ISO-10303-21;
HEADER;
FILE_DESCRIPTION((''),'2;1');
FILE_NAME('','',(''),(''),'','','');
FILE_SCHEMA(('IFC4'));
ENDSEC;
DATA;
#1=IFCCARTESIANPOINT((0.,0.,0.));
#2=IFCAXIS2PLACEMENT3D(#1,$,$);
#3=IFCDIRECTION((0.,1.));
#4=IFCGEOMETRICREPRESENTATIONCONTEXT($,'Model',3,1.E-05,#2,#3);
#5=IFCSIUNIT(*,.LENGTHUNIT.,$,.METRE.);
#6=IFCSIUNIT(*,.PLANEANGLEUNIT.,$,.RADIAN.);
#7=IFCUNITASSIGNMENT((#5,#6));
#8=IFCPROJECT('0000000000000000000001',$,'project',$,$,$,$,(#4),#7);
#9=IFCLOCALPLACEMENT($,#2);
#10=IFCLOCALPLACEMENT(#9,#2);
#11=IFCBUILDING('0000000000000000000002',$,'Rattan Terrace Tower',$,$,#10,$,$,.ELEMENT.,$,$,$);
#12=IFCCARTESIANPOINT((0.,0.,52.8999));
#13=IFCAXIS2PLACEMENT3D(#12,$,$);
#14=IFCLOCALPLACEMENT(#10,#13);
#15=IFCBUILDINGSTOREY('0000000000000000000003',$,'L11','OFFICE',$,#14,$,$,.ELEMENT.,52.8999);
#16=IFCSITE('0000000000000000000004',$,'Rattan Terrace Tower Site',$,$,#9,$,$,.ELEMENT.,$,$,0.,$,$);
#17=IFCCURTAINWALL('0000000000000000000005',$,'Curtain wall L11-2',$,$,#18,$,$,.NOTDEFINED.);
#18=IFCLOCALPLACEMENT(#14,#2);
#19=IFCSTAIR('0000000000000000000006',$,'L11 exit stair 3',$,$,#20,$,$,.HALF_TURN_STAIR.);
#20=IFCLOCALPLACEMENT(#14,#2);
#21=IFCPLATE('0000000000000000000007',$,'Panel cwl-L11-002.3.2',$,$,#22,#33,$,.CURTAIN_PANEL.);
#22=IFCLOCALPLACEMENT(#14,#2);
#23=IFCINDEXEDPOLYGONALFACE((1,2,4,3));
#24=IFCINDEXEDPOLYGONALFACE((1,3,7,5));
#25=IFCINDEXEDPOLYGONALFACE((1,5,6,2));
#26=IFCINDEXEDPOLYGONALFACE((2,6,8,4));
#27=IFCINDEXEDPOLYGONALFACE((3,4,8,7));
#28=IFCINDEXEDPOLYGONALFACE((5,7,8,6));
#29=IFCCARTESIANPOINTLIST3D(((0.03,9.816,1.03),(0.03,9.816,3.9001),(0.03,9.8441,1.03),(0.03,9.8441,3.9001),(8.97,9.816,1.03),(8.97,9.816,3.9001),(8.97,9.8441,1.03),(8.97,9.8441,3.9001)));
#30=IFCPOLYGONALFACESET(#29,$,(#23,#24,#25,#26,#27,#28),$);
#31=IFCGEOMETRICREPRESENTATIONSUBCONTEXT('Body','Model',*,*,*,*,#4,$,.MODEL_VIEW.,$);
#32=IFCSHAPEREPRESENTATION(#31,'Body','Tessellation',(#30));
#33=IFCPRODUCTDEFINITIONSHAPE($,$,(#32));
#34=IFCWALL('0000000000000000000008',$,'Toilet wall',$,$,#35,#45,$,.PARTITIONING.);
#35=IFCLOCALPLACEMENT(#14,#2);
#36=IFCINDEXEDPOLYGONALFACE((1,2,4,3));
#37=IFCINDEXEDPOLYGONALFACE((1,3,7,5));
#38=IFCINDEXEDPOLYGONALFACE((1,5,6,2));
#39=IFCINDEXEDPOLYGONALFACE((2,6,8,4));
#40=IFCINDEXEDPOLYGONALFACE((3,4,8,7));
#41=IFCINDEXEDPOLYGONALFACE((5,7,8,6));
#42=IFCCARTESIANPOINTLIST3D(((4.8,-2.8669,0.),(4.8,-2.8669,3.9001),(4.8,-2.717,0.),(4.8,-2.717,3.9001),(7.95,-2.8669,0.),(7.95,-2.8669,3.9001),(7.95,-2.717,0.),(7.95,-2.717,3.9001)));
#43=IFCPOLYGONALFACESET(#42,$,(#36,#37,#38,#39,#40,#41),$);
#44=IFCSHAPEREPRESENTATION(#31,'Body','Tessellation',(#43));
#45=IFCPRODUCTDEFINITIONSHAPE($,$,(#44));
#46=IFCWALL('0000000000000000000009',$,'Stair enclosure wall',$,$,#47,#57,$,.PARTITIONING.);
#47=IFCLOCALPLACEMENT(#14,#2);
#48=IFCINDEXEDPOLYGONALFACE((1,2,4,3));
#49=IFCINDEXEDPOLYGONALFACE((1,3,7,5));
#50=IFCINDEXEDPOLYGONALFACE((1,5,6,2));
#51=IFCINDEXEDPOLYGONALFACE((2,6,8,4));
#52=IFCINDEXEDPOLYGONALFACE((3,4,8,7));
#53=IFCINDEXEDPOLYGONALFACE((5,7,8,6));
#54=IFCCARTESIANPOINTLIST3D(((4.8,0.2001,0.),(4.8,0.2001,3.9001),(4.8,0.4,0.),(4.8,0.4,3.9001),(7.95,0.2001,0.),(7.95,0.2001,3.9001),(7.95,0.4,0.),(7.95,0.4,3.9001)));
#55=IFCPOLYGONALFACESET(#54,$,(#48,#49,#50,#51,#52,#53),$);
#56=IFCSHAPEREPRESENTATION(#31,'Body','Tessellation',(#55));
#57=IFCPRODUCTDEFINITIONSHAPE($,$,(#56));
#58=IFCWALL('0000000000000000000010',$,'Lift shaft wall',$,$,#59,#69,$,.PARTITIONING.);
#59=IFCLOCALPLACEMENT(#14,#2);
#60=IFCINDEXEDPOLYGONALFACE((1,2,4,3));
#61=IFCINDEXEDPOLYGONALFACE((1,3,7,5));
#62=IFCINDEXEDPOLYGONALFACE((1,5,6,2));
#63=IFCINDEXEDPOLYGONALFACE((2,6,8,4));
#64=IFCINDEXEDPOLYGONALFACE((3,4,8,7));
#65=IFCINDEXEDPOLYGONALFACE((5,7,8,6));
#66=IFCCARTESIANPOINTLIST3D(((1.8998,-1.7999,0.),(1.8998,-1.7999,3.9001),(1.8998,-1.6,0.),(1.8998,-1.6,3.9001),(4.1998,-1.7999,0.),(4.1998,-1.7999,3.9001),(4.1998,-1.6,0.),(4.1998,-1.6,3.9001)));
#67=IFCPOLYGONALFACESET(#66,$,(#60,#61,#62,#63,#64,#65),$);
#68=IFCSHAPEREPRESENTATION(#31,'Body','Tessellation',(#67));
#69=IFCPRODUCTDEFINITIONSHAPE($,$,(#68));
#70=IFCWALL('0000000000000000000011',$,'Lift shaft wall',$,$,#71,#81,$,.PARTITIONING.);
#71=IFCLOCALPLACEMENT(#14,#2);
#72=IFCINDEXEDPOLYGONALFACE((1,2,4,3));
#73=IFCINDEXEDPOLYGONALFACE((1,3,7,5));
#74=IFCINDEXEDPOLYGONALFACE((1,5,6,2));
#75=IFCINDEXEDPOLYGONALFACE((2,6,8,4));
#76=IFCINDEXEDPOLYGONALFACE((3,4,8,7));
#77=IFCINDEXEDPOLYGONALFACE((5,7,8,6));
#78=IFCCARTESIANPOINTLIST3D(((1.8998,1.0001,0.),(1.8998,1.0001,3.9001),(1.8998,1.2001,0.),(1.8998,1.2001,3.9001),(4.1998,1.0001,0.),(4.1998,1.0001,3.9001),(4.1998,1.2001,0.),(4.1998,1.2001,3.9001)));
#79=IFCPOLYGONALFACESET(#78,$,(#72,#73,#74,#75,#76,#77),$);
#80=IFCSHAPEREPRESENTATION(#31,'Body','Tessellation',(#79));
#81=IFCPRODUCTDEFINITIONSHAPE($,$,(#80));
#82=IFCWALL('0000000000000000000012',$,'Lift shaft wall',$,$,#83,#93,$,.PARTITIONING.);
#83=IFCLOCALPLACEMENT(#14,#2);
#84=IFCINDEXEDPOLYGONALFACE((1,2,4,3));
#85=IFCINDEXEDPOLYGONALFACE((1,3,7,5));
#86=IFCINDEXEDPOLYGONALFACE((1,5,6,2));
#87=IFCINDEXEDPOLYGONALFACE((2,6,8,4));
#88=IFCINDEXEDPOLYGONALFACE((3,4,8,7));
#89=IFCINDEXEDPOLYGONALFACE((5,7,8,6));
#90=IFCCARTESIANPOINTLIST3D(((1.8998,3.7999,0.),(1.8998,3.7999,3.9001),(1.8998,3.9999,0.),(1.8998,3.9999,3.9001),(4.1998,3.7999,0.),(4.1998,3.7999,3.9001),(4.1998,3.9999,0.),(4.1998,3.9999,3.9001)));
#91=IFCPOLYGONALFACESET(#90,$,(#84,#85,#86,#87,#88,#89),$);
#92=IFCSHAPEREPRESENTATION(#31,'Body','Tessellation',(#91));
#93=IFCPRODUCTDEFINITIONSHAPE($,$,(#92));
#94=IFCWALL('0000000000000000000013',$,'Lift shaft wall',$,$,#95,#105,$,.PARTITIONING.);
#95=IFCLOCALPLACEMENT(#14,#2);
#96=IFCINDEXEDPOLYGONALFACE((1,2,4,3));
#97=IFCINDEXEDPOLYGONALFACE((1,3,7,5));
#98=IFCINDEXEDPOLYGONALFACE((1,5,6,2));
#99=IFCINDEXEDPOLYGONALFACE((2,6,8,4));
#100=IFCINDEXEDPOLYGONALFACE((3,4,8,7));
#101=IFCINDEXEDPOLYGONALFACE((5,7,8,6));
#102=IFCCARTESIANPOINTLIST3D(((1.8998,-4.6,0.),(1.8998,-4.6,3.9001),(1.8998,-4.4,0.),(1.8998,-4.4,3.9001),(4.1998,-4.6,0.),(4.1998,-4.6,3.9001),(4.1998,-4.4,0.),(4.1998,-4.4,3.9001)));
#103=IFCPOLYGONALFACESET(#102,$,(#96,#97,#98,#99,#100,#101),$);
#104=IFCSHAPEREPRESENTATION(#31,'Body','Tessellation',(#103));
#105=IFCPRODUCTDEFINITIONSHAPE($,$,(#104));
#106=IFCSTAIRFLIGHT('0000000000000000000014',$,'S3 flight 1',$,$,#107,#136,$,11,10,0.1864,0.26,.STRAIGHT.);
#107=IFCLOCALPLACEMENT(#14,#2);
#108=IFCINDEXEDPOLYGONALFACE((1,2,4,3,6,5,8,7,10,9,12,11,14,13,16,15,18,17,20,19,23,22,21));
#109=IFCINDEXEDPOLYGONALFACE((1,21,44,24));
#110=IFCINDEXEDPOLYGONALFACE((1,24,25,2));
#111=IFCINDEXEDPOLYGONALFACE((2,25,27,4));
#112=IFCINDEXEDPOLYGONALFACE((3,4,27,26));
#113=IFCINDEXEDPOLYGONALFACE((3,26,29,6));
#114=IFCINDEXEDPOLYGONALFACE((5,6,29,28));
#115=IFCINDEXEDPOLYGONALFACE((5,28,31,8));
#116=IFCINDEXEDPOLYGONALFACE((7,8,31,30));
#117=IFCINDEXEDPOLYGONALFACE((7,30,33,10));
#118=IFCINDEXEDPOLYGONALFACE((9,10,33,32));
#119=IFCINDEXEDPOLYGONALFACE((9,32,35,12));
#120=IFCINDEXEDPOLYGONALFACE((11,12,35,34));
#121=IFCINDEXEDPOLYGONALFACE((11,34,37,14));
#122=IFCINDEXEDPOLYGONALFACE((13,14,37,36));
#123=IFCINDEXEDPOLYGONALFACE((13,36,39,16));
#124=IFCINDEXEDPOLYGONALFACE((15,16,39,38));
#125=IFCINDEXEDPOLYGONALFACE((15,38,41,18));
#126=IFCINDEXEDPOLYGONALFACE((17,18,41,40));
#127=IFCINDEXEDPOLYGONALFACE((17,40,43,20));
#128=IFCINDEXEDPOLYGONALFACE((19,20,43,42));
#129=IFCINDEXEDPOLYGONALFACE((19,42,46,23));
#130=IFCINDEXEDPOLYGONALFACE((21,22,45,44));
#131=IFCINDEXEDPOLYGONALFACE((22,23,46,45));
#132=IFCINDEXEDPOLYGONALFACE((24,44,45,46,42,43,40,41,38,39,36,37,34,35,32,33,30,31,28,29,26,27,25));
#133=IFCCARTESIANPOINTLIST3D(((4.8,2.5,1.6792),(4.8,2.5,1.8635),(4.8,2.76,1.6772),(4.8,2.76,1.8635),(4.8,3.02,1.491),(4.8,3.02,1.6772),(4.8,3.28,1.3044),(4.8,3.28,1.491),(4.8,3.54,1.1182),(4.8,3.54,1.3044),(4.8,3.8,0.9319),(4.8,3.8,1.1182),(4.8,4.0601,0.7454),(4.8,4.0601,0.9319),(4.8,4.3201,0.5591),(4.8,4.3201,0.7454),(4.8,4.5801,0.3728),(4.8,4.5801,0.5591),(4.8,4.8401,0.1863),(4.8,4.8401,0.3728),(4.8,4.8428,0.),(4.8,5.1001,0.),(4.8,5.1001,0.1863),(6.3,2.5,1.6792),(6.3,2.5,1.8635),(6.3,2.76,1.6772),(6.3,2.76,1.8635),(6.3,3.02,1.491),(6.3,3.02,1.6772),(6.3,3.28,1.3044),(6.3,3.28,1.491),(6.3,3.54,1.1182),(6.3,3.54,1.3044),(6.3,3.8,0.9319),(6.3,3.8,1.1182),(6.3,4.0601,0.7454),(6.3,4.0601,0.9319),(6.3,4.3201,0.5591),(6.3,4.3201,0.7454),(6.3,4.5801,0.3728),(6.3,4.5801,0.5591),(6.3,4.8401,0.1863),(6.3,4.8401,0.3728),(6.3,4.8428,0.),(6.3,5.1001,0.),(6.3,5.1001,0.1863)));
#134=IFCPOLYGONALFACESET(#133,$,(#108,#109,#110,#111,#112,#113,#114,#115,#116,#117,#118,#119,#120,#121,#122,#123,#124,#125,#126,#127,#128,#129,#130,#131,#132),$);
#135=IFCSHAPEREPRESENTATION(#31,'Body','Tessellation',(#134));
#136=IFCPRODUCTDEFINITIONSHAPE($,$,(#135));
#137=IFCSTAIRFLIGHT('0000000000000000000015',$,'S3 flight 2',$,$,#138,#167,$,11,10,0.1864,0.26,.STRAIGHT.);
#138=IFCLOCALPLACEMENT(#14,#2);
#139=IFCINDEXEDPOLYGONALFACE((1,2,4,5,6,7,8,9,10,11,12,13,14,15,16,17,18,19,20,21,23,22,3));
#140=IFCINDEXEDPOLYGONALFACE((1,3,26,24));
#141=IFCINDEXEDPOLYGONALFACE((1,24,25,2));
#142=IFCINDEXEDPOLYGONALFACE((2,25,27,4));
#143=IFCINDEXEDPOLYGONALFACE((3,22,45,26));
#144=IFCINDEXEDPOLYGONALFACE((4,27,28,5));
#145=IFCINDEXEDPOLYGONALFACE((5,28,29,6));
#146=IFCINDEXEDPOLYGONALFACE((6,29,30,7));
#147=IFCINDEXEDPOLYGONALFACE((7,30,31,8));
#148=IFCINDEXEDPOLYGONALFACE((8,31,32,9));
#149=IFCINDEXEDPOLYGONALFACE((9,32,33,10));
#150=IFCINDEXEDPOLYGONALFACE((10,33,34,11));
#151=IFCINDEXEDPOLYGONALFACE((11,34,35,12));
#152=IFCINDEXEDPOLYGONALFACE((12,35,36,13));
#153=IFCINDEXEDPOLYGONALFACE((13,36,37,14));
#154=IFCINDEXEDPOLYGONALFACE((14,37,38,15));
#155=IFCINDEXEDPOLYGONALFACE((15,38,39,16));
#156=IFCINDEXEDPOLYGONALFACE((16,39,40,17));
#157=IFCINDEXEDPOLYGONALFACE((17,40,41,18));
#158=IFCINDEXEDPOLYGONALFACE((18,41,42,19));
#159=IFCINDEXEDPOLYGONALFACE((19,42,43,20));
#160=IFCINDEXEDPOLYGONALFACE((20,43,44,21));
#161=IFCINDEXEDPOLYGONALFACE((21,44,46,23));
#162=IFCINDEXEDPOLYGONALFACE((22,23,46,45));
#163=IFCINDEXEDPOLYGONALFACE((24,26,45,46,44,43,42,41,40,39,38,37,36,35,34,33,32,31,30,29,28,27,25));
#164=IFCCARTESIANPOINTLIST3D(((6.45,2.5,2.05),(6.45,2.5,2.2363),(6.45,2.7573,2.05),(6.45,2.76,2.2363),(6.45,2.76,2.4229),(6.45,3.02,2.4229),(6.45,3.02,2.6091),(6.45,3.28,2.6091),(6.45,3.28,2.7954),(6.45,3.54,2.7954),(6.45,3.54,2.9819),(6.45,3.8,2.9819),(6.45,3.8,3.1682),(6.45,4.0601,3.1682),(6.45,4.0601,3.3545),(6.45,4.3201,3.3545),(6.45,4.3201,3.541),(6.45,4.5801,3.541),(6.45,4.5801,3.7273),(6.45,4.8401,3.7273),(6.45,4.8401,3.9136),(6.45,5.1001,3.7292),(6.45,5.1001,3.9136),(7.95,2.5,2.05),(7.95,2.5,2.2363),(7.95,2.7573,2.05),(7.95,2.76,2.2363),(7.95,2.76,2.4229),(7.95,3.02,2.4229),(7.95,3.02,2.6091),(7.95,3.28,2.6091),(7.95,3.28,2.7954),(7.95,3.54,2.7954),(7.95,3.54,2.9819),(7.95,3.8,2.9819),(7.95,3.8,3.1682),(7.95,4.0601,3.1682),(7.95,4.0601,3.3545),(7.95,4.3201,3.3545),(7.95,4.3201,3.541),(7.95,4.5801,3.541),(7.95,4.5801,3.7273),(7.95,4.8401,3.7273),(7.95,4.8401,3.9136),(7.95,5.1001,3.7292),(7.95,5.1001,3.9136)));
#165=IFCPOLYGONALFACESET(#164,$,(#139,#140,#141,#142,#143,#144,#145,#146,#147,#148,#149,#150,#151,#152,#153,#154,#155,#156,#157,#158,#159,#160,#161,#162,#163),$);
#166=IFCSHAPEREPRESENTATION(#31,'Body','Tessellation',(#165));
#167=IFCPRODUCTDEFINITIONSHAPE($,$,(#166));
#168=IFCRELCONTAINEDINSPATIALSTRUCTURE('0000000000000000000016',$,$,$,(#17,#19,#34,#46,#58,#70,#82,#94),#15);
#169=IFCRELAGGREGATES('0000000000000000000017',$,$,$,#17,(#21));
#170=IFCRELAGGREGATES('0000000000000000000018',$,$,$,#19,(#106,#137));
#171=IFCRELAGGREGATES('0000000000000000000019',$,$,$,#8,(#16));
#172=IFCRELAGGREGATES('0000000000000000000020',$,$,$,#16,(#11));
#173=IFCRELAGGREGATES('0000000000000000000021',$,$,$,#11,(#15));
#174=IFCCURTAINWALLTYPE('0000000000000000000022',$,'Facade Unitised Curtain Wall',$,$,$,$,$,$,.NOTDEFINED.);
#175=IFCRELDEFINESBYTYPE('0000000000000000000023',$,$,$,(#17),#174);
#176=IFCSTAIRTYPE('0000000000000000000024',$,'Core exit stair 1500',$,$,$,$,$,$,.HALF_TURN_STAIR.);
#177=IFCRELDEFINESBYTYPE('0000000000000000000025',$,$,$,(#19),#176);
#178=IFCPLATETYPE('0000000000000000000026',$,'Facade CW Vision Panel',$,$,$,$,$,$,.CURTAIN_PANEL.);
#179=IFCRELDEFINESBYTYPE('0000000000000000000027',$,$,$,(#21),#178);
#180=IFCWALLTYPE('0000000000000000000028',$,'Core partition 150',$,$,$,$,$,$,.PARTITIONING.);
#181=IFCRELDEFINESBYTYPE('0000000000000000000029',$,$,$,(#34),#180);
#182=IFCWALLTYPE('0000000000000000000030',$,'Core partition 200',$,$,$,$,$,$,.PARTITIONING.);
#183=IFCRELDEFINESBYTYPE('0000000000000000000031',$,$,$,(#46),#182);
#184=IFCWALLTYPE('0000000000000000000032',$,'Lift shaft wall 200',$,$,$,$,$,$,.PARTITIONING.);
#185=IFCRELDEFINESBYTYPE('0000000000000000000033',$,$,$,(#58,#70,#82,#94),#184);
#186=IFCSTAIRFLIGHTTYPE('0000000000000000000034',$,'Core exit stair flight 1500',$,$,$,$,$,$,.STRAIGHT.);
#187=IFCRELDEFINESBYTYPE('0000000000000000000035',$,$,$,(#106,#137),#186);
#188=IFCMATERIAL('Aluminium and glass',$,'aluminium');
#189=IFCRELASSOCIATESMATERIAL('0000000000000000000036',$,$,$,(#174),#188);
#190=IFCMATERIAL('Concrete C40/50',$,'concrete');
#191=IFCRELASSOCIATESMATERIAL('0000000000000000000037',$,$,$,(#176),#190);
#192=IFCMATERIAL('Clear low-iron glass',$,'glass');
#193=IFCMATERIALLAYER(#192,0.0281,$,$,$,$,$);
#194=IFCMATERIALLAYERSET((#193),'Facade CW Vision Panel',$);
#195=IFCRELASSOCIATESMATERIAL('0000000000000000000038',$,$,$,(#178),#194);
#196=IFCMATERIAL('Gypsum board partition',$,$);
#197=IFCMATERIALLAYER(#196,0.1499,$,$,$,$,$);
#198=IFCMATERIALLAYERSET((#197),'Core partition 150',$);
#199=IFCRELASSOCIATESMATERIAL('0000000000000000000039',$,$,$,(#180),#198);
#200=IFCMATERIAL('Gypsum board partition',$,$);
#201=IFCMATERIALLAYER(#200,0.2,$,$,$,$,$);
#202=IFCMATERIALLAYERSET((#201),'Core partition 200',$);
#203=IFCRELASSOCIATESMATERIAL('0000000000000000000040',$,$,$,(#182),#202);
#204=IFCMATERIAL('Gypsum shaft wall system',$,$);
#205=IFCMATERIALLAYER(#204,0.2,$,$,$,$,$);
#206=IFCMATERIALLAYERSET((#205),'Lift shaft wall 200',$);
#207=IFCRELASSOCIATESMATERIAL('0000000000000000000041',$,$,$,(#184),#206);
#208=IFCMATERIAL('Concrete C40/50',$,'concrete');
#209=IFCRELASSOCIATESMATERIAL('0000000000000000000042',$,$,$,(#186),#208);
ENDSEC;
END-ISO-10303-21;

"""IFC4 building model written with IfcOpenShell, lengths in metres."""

from ifc_helpers import new_model, si_unit, direction, frame, frame_2d, origin, origin_2d, place, context, subcontext, project, spatial, polyline, rectangle, outline, extrude, material, layer, layer_set, type_object, element, aggregate, save


model = new_model("IFC4")

# Units and contexts
model_context = context("Model", 3, precision=1e-05, world=origin(), true_north=direction((0.0, 1.0)))
body_context = subcontext(model_context, "Body", "Model", "MODEL_VIEW")
ifc_project = project(units=[si_unit("LENGTHUNIT", "METRE"), si_unit("PLANEANGLEUNIT", "RADIAN")], contexts=[model_context])

# Site, building, storey
site_placement = place(None, origin())
site = spatial("IfcSite", under=ifc_project, at=site_placement, Name="Rattan Terrace Tower Site", CompositionType="ELEMENT", RefElevation=0.0)
building_placement = place(site_placement, origin())
building = spatial("IfcBuilding", under=site, at=building_placement, Name="Rattan Terrace Tower", CompositionType="ELEMENT")
storey_placement = place(building_placement, frame((0.0, 0.0, 52.8999)))
storey = spatial("IfcBuildingStorey", under=building, at=storey_placement, Name="L11", Description="OFFICE", CompositionType="ELEMENT", Elevation=52.8999)

# Curtain wall
ifc_material_1 = material(Name="Aluminium and glass", Category="aluminium")
curtain_wall_type = type_object("IfcCurtainWallType", Name="Facade Unitised Curtain Wall", PredefinedType="NOTDEFINED", material=ifc_material_1)
curtain_wall_placement = place(storey_placement, origin())
curtain_wall = element("IfcCurtainWall", 1, at=curtain_wall_placement, inside=storey, type_object=curtain_wall_type, Name="Curtain wall L11-2", PredefinedType="NOTDEFINED")

# Stair
ifc_material_2 = material(Name="Concrete C40/50", Category="concrete")
stair_type = type_object("IfcStairType", Name="Core exit stair 1500", PredefinedType="HALF_TURN_STAIR", material=ifc_material_2)
stair_1_placement = place(storey_placement, origin())
stair_1 = element("IfcStair", 2, at=stair_1_placement, inside=storey, type_object=stair_type, Name="L11 exit stair 3", PredefinedType="HALF_TURN_STAIR")

# Plate
ifc_material_3 = material(Name="Clear low-iron glass", Category="glass")
ifc_layer_1 = layer(ifc_material_3, 0.0281)
ifc_layer_set_1 = layer_set([ifc_layer_1], Name="Facade CW Vision Panel")
plate_type_1 = type_object("IfcPlateType", Name="Facade CW Vision Panel", PredefinedType="CURTAIN_PANEL", material=ifc_layer_set_1)
plate_1_placement = place(storey_placement, frame((4.5, 9.8301, 1.03), z_axis=(0.0, 0.0, 1.0), x_axis=(-1.0, 0.0, 0.0)))
plate_1 = element("IfcPlate", 3, at=plate_1_placement, type_object=plate_type_1, Name="Panel cwl-L11-002.3.2", PredefinedType="CURTAIN_PANEL", context=body_context, shape_type="SweptSolid", body=[
    extrude(rectangle(XDim=8.9399, YDim=0.0281, at=origin_2d()), origin(), (0.0, 0.0, 1.0), 2.8701),
])
aggregate(curtain_wall, [plate_1])

# Walls
ifc_material_4 = material(Name="Gypsum board partition")
ifc_layer_2 = layer(ifc_material_4, 0.1499)
ifc_layer_set_2 = layer_set([ifc_layer_2], Name="Core partition 150")
wall_type_1 = type_object("IfcWallType", Name="Core partition 150", PredefinedType="PARTITIONING", material=ifc_layer_set_2)
wall_1_placement = place(storey_placement, frame((4.8, -2.792, 0.0), z_axis=(0.0, 0.0, 1.0), x_axis=(1.0, 0.0, 0.0)))
element("IfcWall", 4, at=wall_1_placement, inside=storey, type_object=wall_type_1, Name="Toilet wall", PredefinedType="PARTITIONING", context=body_context, shape_type="SweptSolid", body=[
    extrude(rectangle(XDim=3.1499, YDim=0.1499, at=frame_2d((1.575, 0.0))), origin(), (0.0, 0.0, 1.0), 3.9001),
])
ifc_material_5 = material(Name="Gypsum board partition")
ifc_layer_3 = layer(ifc_material_5, 0.2)
ifc_layer_set_3 = layer_set([ifc_layer_3], Name="Core partition 200")
wall_type_2 = type_object("IfcWallType", Name="Core partition 200", PredefinedType="PARTITIONING", material=ifc_layer_set_3)
wall_2_placement = place(storey_placement, frame((4.8, 0.3, 0.0), z_axis=(0.0, 0.0, 1.0), x_axis=(1.0, 0.0, 0.0)))
element("IfcWall", 5, at=wall_2_placement, inside=storey, type_object=wall_type_2, Name="Stair enclosure wall", PredefinedType="PARTITIONING", context=body_context, shape_type="SweptSolid", body=[
    extrude(rectangle(XDim=3.1499, YDim=0.2, at=frame_2d((1.575, 0.0))), origin(), (0.0, 0.0, 1.0), 3.9001),
])
ifc_material_6 = material(Name="Gypsum shaft wall system")
ifc_layer_4 = layer(ifc_material_6, 0.2)
ifc_layer_set_4 = layer_set([ifc_layer_4], Name="Lift shaft wall 200")
wall_type_3 = type_object("IfcWallType", Name="Lift shaft wall 200", PredefinedType="PARTITIONING", material=ifc_layer_set_4)
for number, where, z_axis, x_axis, name in (
    (6, (1.8999, -1.7, 0.0), (0.0, 0.0, 1.0), (1.0, 0.0, 0.0), "Lift shaft wall"),
    (7, (1.8999, 1.1001, 0.0), (0.0, 0.0, 1.0), (1.0, 0.0, 0.0), "Lift shaft wall"),
    (8, (1.8999, 3.8999, 0.0), (0.0, 0.0, 1.0), (1.0, 0.0, 0.0), "Lift shaft wall"),
    (9, (1.8999, -4.5, 0.0), (0.0, 0.0, 1.0), (1.0, 0.0, 0.0), "Lift shaft wall"),
):
    element("IfcWall", number, at=place(storey_placement, frame(where, z_axis=z_axis, x_axis=x_axis)), inside=storey, type_object=wall_type_3, Name=name, PredefinedType="PARTITIONING", context=body_context, shape_type="SweptSolid", body=[
        extrude(rectangle(XDim=2.3, YDim=0.2, at=frame_2d((1.1499, 0.0))), origin(), (0.0, 0.0, 1.0), 3.9001),
    ])

# Stair flights
ifc_material_7 = material(Name="Concrete C40/50", Category="concrete")
stair_flight_type = type_object("IfcStairFlightType", Name="Core exit stair flight 1500", PredefinedType="STRAIGHT", material=ifc_material_7)
stair_flight_1_placement = place(storey_placement, frame((5.55, 5.1001, 0.0), z_axis=(0.0, 0.0, 1.0), x_axis=(0.0, -1.0, 0.0)))
stair_flight_1 = element("IfcStairFlight", 10, at=stair_flight_1_placement, type_object=stair_flight_type, Name="S3 flight 1", NumberOfRisers=11, NumberOfTreads=10, PredefinedType="STRAIGHT", RiserHeight=0.1864, TreadLength=0.26, context=body_context, shape_type="SweptSolid", body=[
    extrude(outline(polyline([(0.0, 0.0), (0.0, 0.1863), (0.26, 0.1863), (0.26, 0.3728), (0.52, 0.3728), (0.52, 0.5591), (0.78, 0.5591), (0.78, 0.7454), (1.04, 0.7454), (1.04, 0.9319), (1.3, 0.9319), (1.3, 1.1182), (1.5601, 1.1182), (1.5601, 1.3044), (1.8201, 1.3044), (1.8201, 1.491), (2.0801, 1.491), (2.0801, 1.6772), (2.3401, 1.6772), (2.3401, 1.8635), (2.6001, 1.8635), (2.6001, 2.05), (2.6001, 1.6792), (0.2573, 0.0), (0.0, 0.0)])), frame((0.0, 0.75, 0.0), z_axis=(0.0, -1.0, 0.0), x_axis=(1.0, 0.0, 0.0)), (0.0, 0.0, 1.0), 1.5),
])
stair_flight_2_placement = place(storey_placement, frame((7.2, 2.5, 2.05), z_axis=(0.0, 0.0, 1.0), x_axis=(0.0, 1.0, 0.0)))
stair_flight_2 = element("IfcStairFlight", 11, at=stair_flight_2_placement, type_object=stair_flight_type, Name="S3 flight 2", NumberOfRisers=11, NumberOfTreads=10, PredefinedType="STRAIGHT", RiserHeight=0.1864, TreadLength=0.26, context=body_context, shape_type="SweptSolid", body=[
    extrude(outline(polyline([(0.0, 0.0), (0.0, 0.1863), (0.26, 0.1863), (0.26, 0.3728), (0.52, 0.3728), (0.52, 0.5591), (0.78, 0.5591), (0.78, 0.7454), (1.04, 0.7454), (1.04, 0.9319), (1.3, 0.9319), (1.3, 1.1182), (1.5601, 1.1182), (1.5601, 1.3044), (1.8201, 1.3044), (1.8201, 1.491), (2.0801, 1.491), (2.0801, 1.6772), (2.3401, 1.6772), (2.3401, 1.8635), (2.6001, 1.8635), (2.6001, 2.05), (2.6001, 1.6792), (0.2573, 0.0), (0.0, 0.0)])), frame((0.0, 0.75, 0.0), z_axis=(0.0, -1.0, 0.0), x_axis=(1.0, 0.0, 0.0)), (0.0, 0.0, 1.0), 1.5),
])
aggregate(stair_1, [stair_flight_1, stair_flight_2])

save(model, "model.ifc")
